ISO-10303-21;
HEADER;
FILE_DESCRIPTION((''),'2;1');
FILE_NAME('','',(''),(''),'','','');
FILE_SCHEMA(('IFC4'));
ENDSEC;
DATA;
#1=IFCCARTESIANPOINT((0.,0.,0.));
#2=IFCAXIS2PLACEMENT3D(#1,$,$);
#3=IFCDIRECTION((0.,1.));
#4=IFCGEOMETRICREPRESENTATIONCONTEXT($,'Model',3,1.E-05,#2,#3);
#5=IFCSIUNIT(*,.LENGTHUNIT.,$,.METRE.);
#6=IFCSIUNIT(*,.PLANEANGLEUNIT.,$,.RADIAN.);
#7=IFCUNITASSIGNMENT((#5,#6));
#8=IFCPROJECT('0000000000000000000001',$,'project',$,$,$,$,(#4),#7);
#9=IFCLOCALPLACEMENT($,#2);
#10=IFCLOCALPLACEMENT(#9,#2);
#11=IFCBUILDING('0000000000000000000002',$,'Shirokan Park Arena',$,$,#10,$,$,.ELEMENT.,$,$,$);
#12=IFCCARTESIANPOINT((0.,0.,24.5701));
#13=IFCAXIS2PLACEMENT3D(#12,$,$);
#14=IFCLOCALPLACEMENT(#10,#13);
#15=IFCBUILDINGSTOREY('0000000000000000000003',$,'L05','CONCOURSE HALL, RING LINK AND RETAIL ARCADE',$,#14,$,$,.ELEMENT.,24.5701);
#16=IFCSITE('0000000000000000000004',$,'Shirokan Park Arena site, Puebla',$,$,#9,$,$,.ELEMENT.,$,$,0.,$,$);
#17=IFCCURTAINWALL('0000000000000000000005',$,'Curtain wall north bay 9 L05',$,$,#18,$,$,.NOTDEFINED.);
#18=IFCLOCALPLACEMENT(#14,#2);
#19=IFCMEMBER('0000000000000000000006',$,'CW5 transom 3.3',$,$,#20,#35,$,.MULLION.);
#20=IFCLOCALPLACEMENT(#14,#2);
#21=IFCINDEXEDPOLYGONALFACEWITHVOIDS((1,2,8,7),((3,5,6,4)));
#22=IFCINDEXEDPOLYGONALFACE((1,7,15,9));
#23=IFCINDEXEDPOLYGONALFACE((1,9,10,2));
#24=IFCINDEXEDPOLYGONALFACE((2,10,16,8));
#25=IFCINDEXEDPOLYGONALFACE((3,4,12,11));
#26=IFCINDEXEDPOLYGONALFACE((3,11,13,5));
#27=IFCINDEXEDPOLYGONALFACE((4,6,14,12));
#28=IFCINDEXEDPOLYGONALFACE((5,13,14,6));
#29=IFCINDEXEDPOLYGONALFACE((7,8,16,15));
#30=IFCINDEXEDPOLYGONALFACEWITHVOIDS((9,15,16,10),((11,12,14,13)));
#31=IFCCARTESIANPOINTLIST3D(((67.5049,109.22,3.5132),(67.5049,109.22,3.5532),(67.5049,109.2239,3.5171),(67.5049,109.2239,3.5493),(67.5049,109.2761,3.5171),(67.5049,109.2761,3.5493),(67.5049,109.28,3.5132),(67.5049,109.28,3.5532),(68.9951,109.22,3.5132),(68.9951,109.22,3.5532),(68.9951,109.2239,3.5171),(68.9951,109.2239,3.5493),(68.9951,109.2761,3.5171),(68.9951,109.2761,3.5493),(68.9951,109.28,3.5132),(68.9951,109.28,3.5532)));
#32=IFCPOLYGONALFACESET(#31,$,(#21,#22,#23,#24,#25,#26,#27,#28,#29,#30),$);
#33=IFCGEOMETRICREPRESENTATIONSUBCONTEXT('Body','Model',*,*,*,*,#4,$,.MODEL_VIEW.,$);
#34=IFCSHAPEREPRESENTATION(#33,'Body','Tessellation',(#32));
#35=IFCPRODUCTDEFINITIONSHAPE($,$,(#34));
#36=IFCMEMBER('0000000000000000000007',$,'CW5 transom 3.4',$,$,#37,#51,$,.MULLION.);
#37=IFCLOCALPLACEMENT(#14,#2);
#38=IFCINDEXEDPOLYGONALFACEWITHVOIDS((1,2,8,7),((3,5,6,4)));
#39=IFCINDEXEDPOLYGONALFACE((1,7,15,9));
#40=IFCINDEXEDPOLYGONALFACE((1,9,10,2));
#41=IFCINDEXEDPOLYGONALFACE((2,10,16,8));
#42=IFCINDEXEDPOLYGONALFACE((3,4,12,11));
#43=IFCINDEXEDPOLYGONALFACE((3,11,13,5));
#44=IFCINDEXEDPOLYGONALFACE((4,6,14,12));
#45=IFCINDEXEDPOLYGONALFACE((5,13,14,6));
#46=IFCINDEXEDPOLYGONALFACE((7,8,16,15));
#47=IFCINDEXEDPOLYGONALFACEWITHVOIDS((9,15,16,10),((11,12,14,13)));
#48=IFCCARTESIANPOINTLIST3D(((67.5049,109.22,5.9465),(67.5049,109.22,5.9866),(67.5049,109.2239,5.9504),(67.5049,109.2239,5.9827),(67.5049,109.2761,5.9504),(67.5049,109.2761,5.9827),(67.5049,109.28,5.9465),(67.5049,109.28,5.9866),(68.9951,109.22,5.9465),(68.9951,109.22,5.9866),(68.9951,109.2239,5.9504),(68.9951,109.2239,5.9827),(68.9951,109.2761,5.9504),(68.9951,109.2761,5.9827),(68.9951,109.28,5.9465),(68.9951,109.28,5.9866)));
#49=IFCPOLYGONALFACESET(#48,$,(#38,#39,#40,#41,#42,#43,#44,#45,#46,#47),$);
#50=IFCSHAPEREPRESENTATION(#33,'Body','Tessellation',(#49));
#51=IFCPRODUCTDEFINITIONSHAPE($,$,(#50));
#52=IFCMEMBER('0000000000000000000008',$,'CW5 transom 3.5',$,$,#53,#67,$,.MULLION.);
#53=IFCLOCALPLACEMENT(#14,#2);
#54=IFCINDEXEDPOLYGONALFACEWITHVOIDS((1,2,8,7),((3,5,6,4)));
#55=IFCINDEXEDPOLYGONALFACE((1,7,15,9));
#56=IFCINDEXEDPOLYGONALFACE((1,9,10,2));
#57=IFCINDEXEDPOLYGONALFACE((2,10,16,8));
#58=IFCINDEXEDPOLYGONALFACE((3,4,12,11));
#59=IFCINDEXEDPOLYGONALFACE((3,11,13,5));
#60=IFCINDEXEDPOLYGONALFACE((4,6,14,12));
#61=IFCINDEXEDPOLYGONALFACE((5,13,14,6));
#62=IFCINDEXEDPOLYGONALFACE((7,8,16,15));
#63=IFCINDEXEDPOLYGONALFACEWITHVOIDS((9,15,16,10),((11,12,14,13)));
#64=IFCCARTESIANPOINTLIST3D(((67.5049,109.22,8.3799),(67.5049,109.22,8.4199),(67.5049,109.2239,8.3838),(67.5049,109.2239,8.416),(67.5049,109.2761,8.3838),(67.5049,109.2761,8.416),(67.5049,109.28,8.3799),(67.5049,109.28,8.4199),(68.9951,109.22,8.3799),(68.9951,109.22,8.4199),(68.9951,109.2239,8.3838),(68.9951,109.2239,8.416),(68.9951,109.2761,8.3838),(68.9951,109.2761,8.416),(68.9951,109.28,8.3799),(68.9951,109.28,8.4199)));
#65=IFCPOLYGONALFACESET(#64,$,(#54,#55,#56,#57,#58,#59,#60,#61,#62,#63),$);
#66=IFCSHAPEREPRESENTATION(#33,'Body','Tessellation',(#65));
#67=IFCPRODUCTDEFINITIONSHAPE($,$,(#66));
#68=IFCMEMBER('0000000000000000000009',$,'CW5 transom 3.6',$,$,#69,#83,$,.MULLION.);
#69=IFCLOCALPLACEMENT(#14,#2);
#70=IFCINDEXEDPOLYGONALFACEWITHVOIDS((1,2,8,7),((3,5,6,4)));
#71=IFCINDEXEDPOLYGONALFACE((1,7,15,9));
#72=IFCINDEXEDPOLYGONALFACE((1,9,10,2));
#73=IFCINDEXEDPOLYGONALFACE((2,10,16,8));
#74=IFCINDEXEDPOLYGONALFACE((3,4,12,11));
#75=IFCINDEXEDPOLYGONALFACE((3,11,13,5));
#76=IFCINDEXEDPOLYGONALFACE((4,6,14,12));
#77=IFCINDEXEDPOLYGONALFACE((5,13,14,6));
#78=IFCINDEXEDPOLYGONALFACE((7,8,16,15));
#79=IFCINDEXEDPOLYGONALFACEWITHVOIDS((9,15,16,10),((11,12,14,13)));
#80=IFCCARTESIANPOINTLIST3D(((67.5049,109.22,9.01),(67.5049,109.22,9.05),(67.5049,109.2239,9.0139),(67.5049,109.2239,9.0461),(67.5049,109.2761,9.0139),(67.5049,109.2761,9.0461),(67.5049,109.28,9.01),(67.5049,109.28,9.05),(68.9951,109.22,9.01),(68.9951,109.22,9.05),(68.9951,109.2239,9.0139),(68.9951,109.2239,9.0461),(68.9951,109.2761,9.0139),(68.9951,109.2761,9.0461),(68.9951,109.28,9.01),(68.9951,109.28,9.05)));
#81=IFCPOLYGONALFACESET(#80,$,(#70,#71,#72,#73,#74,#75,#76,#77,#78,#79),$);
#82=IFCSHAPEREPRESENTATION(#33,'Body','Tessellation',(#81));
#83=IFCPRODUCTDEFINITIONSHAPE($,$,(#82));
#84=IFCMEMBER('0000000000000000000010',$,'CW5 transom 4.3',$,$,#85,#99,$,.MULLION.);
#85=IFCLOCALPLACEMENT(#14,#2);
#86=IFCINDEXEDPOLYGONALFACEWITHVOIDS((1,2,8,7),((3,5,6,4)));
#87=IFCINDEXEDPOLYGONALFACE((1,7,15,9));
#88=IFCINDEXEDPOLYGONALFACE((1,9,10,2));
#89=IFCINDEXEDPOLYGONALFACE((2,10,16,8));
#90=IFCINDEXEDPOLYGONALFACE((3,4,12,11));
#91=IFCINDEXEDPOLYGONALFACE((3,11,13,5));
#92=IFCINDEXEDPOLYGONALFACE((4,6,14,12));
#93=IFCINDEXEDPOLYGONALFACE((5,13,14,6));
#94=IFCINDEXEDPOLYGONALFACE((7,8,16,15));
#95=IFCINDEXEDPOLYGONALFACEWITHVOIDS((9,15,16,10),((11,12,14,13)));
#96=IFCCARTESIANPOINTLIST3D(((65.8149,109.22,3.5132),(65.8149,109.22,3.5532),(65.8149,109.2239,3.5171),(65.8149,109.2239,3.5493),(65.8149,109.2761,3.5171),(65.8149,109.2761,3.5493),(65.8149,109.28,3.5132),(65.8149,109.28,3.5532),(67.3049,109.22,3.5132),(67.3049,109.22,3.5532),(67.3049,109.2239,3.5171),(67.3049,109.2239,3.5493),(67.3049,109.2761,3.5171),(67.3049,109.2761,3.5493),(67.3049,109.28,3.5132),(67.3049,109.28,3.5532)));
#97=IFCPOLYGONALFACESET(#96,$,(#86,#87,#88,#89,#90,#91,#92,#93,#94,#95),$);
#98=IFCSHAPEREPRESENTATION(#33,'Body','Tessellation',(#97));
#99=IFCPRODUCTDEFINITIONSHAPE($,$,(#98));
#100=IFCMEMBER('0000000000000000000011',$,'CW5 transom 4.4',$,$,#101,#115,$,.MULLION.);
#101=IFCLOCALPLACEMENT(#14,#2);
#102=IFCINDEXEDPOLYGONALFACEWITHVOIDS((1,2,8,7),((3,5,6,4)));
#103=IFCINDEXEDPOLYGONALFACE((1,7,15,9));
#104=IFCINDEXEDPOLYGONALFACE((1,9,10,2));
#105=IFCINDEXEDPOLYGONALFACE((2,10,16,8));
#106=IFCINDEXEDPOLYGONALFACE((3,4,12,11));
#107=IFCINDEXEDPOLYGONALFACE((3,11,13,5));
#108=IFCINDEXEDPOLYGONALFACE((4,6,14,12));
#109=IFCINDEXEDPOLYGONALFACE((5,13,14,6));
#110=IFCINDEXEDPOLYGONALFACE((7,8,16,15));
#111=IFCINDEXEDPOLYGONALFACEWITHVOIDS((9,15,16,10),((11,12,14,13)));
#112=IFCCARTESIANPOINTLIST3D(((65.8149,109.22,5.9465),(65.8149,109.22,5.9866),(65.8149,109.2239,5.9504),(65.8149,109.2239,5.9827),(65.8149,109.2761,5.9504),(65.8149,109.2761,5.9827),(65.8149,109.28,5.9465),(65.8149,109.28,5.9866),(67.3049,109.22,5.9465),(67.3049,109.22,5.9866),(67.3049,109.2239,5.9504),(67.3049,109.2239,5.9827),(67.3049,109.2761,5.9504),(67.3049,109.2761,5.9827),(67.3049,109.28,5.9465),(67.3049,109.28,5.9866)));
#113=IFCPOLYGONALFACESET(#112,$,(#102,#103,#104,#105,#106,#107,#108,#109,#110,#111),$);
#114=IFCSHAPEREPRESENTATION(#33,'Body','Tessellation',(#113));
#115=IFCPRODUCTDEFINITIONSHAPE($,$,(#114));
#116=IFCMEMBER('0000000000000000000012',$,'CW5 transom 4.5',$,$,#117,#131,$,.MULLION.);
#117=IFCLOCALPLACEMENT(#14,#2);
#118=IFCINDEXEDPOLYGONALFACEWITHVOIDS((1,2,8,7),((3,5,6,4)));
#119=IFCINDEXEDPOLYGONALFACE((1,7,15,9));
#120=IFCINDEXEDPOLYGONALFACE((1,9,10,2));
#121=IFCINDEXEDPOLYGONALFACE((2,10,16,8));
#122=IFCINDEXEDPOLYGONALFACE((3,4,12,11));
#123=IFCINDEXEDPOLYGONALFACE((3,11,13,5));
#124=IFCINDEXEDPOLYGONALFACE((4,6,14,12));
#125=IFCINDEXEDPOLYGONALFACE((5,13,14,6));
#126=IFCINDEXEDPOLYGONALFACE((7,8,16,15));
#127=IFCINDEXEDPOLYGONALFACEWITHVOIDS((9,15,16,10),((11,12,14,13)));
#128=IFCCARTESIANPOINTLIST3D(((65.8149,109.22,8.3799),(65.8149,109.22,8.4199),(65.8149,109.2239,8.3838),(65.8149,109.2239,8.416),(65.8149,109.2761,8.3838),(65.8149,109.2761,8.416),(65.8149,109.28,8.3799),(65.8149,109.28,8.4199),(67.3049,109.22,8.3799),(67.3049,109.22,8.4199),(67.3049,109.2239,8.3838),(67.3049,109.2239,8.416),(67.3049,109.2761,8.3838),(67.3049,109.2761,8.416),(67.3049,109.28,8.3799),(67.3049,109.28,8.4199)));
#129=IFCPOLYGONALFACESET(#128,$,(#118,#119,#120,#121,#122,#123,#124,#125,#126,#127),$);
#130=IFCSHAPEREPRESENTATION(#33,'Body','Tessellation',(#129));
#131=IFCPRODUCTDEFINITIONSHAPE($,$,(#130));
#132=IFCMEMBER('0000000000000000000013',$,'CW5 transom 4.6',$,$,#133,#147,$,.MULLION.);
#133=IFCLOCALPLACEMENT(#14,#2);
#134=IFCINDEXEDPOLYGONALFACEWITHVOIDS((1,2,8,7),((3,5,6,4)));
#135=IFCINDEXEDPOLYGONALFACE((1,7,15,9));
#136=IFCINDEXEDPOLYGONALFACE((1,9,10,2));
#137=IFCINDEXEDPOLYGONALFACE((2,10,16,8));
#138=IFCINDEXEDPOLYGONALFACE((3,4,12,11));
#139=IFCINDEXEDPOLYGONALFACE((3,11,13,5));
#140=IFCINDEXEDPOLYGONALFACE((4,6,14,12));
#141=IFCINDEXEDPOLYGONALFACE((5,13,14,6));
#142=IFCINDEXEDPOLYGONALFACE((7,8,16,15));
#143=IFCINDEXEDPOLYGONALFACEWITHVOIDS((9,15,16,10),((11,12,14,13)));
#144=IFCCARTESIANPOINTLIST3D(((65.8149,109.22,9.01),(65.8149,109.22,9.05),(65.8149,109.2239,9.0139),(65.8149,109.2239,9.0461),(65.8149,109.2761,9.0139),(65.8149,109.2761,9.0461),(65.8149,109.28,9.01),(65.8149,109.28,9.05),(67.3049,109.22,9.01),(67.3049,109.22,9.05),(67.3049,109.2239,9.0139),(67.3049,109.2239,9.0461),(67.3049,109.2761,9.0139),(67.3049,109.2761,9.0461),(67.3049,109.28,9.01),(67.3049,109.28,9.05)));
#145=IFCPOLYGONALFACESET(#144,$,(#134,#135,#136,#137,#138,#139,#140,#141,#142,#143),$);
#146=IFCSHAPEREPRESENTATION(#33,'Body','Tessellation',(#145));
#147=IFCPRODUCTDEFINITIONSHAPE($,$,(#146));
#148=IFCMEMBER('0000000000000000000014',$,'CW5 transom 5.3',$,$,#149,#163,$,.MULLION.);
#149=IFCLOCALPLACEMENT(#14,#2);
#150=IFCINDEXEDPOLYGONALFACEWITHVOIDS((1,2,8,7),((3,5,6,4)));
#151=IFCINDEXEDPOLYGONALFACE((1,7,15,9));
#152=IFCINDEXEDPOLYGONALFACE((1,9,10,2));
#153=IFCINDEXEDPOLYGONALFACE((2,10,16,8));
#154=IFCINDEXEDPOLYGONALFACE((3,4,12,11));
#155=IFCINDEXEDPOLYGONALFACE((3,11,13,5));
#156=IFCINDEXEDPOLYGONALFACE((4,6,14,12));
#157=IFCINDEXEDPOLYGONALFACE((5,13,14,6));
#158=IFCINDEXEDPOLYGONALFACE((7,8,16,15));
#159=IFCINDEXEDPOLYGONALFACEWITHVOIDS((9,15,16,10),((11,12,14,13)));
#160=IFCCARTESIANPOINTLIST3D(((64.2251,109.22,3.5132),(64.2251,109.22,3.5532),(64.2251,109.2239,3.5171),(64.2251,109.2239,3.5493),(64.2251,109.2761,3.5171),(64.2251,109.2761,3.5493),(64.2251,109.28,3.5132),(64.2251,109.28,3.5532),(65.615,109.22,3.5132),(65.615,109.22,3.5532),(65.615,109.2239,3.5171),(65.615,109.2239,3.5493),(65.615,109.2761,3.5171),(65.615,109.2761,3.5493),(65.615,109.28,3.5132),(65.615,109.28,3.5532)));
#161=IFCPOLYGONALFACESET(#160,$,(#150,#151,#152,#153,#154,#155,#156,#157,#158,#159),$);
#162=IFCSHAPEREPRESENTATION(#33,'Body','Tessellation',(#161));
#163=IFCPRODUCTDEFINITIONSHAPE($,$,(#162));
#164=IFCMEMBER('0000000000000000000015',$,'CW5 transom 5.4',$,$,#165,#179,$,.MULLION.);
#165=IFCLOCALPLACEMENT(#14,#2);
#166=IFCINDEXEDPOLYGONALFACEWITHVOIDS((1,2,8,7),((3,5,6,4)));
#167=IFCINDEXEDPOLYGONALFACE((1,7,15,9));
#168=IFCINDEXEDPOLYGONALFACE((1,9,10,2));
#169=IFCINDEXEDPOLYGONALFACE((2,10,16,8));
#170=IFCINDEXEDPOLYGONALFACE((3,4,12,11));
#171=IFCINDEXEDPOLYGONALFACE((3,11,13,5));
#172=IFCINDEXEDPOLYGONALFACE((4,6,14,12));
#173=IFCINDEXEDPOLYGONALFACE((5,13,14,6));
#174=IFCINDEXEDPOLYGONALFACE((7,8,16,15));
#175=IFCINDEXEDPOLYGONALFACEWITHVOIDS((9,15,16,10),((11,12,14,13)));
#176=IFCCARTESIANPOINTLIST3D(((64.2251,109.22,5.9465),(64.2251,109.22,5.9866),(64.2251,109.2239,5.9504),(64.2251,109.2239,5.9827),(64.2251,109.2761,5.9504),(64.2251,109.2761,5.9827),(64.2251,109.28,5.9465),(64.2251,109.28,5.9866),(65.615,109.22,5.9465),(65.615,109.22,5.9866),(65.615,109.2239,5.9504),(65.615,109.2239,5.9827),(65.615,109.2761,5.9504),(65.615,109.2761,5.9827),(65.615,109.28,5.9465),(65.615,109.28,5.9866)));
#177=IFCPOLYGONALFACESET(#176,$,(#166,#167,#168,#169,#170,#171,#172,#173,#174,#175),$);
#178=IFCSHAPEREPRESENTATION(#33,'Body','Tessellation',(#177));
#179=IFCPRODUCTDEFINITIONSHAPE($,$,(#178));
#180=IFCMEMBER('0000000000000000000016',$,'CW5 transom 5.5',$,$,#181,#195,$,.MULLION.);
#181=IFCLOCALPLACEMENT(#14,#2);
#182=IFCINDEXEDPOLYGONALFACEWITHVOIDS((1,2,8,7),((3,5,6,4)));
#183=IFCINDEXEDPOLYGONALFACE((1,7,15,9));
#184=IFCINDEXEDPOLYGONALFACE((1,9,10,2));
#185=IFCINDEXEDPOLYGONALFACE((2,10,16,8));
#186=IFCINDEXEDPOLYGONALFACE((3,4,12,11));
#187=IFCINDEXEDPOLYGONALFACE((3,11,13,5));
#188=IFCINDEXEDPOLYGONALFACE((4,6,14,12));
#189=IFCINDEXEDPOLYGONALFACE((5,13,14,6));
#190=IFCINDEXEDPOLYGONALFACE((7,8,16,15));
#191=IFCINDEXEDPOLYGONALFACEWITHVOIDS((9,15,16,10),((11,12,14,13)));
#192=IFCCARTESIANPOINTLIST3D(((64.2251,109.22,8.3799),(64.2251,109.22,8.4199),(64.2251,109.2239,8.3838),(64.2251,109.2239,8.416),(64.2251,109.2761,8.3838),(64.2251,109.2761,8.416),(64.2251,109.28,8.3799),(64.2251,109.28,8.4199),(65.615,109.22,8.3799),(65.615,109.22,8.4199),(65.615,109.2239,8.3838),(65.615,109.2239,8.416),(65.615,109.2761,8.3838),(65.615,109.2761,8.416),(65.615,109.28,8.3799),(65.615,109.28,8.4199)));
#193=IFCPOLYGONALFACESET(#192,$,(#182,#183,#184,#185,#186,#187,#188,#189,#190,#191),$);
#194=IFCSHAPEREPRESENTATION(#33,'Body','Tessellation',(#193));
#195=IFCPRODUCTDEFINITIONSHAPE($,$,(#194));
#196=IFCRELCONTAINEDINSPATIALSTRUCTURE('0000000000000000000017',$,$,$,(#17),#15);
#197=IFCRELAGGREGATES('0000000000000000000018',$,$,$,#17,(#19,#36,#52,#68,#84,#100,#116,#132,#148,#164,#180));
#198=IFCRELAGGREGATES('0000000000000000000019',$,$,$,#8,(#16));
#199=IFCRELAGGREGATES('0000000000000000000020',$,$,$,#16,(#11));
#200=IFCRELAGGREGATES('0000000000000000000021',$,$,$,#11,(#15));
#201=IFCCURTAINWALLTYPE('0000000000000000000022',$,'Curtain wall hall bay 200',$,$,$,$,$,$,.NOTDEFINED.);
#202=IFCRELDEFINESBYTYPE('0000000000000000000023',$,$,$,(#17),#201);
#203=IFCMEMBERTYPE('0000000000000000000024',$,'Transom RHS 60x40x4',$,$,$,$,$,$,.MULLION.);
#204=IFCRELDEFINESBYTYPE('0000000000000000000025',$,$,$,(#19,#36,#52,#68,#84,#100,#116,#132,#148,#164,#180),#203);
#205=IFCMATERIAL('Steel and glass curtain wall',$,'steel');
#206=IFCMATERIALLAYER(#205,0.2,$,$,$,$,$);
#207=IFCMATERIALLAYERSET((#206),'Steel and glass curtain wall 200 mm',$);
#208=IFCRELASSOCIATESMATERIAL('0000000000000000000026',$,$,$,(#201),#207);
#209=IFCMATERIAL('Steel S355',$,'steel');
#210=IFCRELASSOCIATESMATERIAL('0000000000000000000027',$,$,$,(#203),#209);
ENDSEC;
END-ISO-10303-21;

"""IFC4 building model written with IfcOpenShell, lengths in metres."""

from ifc_helpers import new_model, si_unit, direction, frame, origin, origin_2d, place, context, subcontext, project, spatial, hollow_rectangle, extrude, material, layer, layer_set, material_profile, profile_set, type_object, element, aggregate, save


model = new_model("IFC4")

# Units and contexts
model_context = context("Model", 3, precision=1e-05, world=origin(), true_north=direction((0.0, 1.0)))
body_context = subcontext(model_context, "Body", "Model", "MODEL_VIEW")
ifc_project = project(units=[si_unit("LENGTHUNIT", "METRE"), si_unit("PLANEANGLEUNIT", "RADIAN")], contexts=[model_context])

# Site, building, storey
site_placement = place(None, origin())
site = spatial("IfcSite", under=ifc_project, at=site_placement, Name="Shirokan Park Arena site, Puebla", CompositionType="ELEMENT", RefElevation=0.0)
building_placement = place(site_placement, origin())
building = spatial("IfcBuilding", under=site, at=building_placement, Name="Shirokan Park Arena", CompositionType="ELEMENT")
storey_placement = place(building_placement, frame((0.0, 0.0, 24.5701)))
storey = spatial("IfcBuildingStorey", under=building, at=storey_placement, Name="L05", Description="CONCOURSE HALL, RING LINK AND RETAIL ARCADE", CompositionType="ELEMENT", Elevation=24.5701)

# Curtain wall, members
ifc_material_1 = material(Name="Steel and glass curtain wall", Category="steel")
ifc_layer_1 = layer(ifc_material_1, 0.2)
ifc_layer_set_1 = layer_set([ifc_layer_1], Name="Steel and glass curtain wall 200 mm")
curtain_wall_type = type_object("IfcCurtainWallType", Name="Curtain wall hall bay 200", PredefinedType="NOTDEFINED", material=ifc_layer_set_1)
curtain_wall_placement = place(storey_placement, origin())
curtain_wall = element("IfcCurtainWall", 1, at=curtain_wall_placement, inside=storey, type_object=curtain_wall_type, Name="Curtain wall north bay 9 L05", PredefinedType="NOTDEFINED")
ifc_material_2 = material(Name="Steel S355", Category="steel")
ifc_material_profile = material_profile(ifc_material_2, hollow_rectangle(XDim=0.0601, YDim=0.04, WallThickness=0.0039, at=origin_2d()), Name="RHS 60x40x4")
ifc_profile_set = profile_set([ifc_material_profile], Name="Steel S355")
member_type = type_object("IfcMemberType", Name="Transom RHS 60x40x4", PredefinedType="MULLION", material=ifc_profile_set)
member_1_placement = place(storey_placement, frame((68.9951, 109.25, 3.5332), z_axis=(-1.0, 0.0, 0.0), x_axis=(0.0, -1.0, 0.0)))
member_1 = element("IfcMember", 2, at=member_1_placement, type_object=member_type, Name="CW5 transom 3.3", PredefinedType="MULLION", context=body_context, shape_type="SweptSolid", body=[
    extrude(hollow_rectangle(XDim=0.0601, YDim=0.04, WallThickness=0.0039, at=origin_2d()), origin(), (0.0, 0.0, 1.0), 1.4902),
])
member_2_placement = place(storey_placement, frame((68.9951, 109.25, 5.9666), z_axis=(-1.0, 0.0, 0.0), x_axis=(0.0, -1.0, 0.0)))
member_2 = element("IfcMember", 3, at=member_2_placement, type_object=member_type, Name="CW5 transom 3.4", PredefinedType="MULLION", context=body_context, shape_type="SweptSolid", body=[
    extrude(hollow_rectangle(XDim=0.0601, YDim=0.04, WallThickness=0.0039, at=origin_2d()), origin(), (0.0, 0.0, 1.0), 1.4902),
])
member_3_placement = place(storey_placement, frame((68.9951, 109.25, 8.3999), z_axis=(-1.0, 0.0, 0.0), x_axis=(0.0, -1.0, 0.0)))
member_3 = element("IfcMember", 4, at=member_3_placement, type_object=member_type, Name="CW5 transom 3.5", PredefinedType="MULLION", context=body_context, shape_type="SweptSolid", body=[
    extrude(hollow_rectangle(XDim=0.0601, YDim=0.04, WallThickness=0.0039, at=origin_2d()), origin(), (0.0, 0.0, 1.0), 1.4902),
])
member_4_placement = place(storey_placement, frame((68.9951, 109.25, 9.03), z_axis=(-1.0, 0.0, 0.0), x_axis=(0.0, -1.0, 0.0)))
member_4 = element("IfcMember", 5, at=member_4_placement, type_object=member_type, Name="CW5 transom 3.6", PredefinedType="MULLION", context=body_context, shape_type="SweptSolid", body=[
    extrude(hollow_rectangle(XDim=0.0601, YDim=0.04, WallThickness=0.0039, at=origin_2d()), origin(), (0.0, 0.0, 1.0), 1.4902),
])
member_5_placement = place(storey_placement, frame((67.3049, 109.25, 3.5332), z_axis=(-1.0, 0.0, 0.0), x_axis=(0.0, -1.0, 0.0)))
member_5 = element("IfcMember", 6, at=member_5_placement, type_object=member_type, Name="CW5 transom 4.3", PredefinedType="MULLION", context=body_context, shape_type="SweptSolid", body=[
    extrude(hollow_rectangle(XDim=0.0601, YDim=0.04, WallThickness=0.0039, at=origin_2d()), origin(), (0.0, 0.0, 1.0), 1.49),
])
member_6_placement = place(storey_placement, frame((67.3049, 109.25, 5.9666), z_axis=(-1.0, 0.0, 0.0), x_axis=(0.0, -1.0, 0.0)))
member_6 = element("IfcMember", 7, at=member_6_placement, type_object=member_type, Name="CW5 transom 4.4", PredefinedType="MULLION", context=body_context, shape_type="SweptSolid", body=[
    extrude(hollow_rectangle(XDim=0.0601, YDim=0.04, WallThickness=0.0039, at=origin_2d()), origin(), (0.0, 0.0, 1.0), 1.49),
])
member_7_placement = place(storey_placement, frame((67.3049, 109.25, 8.3999), z_axis=(-1.0, 0.0, 0.0), x_axis=(0.0, -1.0, 0.0)))
member_7 = element("IfcMember", 8, at=member_7_placement, type_object=member_type, Name="CW5 transom 4.5", PredefinedType="MULLION", context=body_context, shape_type="SweptSolid", body=[
    extrude(hollow_rectangle(XDim=0.0601, YDim=0.04, WallThickness=0.0039, at=origin_2d()), origin(), (0.0, 0.0, 1.0), 1.49),
])
member_8_placement = place(storey_placement, frame((67.3049, 109.25, 9.03), z_axis=(-1.0, 0.0, 0.0), x_axis=(0.0, -1.0, 0.0)))
member_8 = element("IfcMember", 9, at=member_8_placement, type_object=member_type, Name="CW5 transom 4.6", PredefinedType="MULLION", context=body_context, shape_type="SweptSolid", body=[
    extrude(hollow_rectangle(XDim=0.0601, YDim=0.04, WallThickness=0.0039, at=origin_2d()), origin(), (0.0, 0.0, 1.0), 1.49),
])
member_9_placement = place(storey_placement, frame((65.615, 109.25, 3.5332), z_axis=(-1.0, 0.0, 0.0), x_axis=(0.0, -1.0, 0.0)))
member_9 = element("IfcMember", 10, at=member_9_placement, type_object=member_type, Name="CW5 transom 5.3", PredefinedType="MULLION", context=body_context, shape_type="SweptSolid", body=[
    extrude(hollow_rectangle(XDim=0.0601, YDim=0.04, WallThickness=0.0039, at=origin_2d()), origin(), (0.0, 0.0, 1.0), 1.3899),
])
member_10_placement = place(storey_placement, frame((65.615, 109.25, 5.9666), z_axis=(-1.0, 0.0, 0.0), x_axis=(0.0, -1.0, 0.0)))
member_10 = element("IfcMember", 11, at=member_10_placement, type_object=member_type, Name="CW5 transom 5.4", PredefinedType="MULLION", context=body_context, shape_type="SweptSolid", body=[
    extrude(hollow_rectangle(XDim=0.0601, YDim=0.04, WallThickness=0.0039, at=origin_2d()), origin(), (0.0, 0.0, 1.0), 1.3899),
])
member_11_placement = place(storey_placement, frame((65.615, 109.25, 8.3999), z_axis=(-1.0, 0.0, 0.0), x_axis=(0.0, -1.0, 0.0)))
member_11 = element("IfcMember", 12, at=member_11_placement, type_object=member_type, Name="CW5 transom 5.5", PredefinedType="MULLION", context=body_context, shape_type="SweptSolid", body=[
    extrude(hollow_rectangle(XDim=0.0601, YDim=0.04, WallThickness=0.0039, at=origin_2d()), origin(), (0.0, 0.0, 1.0), 1.3899),
])
aggregate(curtain_wall, [member_1, member_2, member_3, member_4, member_5, member_6, member_7, member_8, member_9, member_10, member_11])

save(model, "model.ifc")
